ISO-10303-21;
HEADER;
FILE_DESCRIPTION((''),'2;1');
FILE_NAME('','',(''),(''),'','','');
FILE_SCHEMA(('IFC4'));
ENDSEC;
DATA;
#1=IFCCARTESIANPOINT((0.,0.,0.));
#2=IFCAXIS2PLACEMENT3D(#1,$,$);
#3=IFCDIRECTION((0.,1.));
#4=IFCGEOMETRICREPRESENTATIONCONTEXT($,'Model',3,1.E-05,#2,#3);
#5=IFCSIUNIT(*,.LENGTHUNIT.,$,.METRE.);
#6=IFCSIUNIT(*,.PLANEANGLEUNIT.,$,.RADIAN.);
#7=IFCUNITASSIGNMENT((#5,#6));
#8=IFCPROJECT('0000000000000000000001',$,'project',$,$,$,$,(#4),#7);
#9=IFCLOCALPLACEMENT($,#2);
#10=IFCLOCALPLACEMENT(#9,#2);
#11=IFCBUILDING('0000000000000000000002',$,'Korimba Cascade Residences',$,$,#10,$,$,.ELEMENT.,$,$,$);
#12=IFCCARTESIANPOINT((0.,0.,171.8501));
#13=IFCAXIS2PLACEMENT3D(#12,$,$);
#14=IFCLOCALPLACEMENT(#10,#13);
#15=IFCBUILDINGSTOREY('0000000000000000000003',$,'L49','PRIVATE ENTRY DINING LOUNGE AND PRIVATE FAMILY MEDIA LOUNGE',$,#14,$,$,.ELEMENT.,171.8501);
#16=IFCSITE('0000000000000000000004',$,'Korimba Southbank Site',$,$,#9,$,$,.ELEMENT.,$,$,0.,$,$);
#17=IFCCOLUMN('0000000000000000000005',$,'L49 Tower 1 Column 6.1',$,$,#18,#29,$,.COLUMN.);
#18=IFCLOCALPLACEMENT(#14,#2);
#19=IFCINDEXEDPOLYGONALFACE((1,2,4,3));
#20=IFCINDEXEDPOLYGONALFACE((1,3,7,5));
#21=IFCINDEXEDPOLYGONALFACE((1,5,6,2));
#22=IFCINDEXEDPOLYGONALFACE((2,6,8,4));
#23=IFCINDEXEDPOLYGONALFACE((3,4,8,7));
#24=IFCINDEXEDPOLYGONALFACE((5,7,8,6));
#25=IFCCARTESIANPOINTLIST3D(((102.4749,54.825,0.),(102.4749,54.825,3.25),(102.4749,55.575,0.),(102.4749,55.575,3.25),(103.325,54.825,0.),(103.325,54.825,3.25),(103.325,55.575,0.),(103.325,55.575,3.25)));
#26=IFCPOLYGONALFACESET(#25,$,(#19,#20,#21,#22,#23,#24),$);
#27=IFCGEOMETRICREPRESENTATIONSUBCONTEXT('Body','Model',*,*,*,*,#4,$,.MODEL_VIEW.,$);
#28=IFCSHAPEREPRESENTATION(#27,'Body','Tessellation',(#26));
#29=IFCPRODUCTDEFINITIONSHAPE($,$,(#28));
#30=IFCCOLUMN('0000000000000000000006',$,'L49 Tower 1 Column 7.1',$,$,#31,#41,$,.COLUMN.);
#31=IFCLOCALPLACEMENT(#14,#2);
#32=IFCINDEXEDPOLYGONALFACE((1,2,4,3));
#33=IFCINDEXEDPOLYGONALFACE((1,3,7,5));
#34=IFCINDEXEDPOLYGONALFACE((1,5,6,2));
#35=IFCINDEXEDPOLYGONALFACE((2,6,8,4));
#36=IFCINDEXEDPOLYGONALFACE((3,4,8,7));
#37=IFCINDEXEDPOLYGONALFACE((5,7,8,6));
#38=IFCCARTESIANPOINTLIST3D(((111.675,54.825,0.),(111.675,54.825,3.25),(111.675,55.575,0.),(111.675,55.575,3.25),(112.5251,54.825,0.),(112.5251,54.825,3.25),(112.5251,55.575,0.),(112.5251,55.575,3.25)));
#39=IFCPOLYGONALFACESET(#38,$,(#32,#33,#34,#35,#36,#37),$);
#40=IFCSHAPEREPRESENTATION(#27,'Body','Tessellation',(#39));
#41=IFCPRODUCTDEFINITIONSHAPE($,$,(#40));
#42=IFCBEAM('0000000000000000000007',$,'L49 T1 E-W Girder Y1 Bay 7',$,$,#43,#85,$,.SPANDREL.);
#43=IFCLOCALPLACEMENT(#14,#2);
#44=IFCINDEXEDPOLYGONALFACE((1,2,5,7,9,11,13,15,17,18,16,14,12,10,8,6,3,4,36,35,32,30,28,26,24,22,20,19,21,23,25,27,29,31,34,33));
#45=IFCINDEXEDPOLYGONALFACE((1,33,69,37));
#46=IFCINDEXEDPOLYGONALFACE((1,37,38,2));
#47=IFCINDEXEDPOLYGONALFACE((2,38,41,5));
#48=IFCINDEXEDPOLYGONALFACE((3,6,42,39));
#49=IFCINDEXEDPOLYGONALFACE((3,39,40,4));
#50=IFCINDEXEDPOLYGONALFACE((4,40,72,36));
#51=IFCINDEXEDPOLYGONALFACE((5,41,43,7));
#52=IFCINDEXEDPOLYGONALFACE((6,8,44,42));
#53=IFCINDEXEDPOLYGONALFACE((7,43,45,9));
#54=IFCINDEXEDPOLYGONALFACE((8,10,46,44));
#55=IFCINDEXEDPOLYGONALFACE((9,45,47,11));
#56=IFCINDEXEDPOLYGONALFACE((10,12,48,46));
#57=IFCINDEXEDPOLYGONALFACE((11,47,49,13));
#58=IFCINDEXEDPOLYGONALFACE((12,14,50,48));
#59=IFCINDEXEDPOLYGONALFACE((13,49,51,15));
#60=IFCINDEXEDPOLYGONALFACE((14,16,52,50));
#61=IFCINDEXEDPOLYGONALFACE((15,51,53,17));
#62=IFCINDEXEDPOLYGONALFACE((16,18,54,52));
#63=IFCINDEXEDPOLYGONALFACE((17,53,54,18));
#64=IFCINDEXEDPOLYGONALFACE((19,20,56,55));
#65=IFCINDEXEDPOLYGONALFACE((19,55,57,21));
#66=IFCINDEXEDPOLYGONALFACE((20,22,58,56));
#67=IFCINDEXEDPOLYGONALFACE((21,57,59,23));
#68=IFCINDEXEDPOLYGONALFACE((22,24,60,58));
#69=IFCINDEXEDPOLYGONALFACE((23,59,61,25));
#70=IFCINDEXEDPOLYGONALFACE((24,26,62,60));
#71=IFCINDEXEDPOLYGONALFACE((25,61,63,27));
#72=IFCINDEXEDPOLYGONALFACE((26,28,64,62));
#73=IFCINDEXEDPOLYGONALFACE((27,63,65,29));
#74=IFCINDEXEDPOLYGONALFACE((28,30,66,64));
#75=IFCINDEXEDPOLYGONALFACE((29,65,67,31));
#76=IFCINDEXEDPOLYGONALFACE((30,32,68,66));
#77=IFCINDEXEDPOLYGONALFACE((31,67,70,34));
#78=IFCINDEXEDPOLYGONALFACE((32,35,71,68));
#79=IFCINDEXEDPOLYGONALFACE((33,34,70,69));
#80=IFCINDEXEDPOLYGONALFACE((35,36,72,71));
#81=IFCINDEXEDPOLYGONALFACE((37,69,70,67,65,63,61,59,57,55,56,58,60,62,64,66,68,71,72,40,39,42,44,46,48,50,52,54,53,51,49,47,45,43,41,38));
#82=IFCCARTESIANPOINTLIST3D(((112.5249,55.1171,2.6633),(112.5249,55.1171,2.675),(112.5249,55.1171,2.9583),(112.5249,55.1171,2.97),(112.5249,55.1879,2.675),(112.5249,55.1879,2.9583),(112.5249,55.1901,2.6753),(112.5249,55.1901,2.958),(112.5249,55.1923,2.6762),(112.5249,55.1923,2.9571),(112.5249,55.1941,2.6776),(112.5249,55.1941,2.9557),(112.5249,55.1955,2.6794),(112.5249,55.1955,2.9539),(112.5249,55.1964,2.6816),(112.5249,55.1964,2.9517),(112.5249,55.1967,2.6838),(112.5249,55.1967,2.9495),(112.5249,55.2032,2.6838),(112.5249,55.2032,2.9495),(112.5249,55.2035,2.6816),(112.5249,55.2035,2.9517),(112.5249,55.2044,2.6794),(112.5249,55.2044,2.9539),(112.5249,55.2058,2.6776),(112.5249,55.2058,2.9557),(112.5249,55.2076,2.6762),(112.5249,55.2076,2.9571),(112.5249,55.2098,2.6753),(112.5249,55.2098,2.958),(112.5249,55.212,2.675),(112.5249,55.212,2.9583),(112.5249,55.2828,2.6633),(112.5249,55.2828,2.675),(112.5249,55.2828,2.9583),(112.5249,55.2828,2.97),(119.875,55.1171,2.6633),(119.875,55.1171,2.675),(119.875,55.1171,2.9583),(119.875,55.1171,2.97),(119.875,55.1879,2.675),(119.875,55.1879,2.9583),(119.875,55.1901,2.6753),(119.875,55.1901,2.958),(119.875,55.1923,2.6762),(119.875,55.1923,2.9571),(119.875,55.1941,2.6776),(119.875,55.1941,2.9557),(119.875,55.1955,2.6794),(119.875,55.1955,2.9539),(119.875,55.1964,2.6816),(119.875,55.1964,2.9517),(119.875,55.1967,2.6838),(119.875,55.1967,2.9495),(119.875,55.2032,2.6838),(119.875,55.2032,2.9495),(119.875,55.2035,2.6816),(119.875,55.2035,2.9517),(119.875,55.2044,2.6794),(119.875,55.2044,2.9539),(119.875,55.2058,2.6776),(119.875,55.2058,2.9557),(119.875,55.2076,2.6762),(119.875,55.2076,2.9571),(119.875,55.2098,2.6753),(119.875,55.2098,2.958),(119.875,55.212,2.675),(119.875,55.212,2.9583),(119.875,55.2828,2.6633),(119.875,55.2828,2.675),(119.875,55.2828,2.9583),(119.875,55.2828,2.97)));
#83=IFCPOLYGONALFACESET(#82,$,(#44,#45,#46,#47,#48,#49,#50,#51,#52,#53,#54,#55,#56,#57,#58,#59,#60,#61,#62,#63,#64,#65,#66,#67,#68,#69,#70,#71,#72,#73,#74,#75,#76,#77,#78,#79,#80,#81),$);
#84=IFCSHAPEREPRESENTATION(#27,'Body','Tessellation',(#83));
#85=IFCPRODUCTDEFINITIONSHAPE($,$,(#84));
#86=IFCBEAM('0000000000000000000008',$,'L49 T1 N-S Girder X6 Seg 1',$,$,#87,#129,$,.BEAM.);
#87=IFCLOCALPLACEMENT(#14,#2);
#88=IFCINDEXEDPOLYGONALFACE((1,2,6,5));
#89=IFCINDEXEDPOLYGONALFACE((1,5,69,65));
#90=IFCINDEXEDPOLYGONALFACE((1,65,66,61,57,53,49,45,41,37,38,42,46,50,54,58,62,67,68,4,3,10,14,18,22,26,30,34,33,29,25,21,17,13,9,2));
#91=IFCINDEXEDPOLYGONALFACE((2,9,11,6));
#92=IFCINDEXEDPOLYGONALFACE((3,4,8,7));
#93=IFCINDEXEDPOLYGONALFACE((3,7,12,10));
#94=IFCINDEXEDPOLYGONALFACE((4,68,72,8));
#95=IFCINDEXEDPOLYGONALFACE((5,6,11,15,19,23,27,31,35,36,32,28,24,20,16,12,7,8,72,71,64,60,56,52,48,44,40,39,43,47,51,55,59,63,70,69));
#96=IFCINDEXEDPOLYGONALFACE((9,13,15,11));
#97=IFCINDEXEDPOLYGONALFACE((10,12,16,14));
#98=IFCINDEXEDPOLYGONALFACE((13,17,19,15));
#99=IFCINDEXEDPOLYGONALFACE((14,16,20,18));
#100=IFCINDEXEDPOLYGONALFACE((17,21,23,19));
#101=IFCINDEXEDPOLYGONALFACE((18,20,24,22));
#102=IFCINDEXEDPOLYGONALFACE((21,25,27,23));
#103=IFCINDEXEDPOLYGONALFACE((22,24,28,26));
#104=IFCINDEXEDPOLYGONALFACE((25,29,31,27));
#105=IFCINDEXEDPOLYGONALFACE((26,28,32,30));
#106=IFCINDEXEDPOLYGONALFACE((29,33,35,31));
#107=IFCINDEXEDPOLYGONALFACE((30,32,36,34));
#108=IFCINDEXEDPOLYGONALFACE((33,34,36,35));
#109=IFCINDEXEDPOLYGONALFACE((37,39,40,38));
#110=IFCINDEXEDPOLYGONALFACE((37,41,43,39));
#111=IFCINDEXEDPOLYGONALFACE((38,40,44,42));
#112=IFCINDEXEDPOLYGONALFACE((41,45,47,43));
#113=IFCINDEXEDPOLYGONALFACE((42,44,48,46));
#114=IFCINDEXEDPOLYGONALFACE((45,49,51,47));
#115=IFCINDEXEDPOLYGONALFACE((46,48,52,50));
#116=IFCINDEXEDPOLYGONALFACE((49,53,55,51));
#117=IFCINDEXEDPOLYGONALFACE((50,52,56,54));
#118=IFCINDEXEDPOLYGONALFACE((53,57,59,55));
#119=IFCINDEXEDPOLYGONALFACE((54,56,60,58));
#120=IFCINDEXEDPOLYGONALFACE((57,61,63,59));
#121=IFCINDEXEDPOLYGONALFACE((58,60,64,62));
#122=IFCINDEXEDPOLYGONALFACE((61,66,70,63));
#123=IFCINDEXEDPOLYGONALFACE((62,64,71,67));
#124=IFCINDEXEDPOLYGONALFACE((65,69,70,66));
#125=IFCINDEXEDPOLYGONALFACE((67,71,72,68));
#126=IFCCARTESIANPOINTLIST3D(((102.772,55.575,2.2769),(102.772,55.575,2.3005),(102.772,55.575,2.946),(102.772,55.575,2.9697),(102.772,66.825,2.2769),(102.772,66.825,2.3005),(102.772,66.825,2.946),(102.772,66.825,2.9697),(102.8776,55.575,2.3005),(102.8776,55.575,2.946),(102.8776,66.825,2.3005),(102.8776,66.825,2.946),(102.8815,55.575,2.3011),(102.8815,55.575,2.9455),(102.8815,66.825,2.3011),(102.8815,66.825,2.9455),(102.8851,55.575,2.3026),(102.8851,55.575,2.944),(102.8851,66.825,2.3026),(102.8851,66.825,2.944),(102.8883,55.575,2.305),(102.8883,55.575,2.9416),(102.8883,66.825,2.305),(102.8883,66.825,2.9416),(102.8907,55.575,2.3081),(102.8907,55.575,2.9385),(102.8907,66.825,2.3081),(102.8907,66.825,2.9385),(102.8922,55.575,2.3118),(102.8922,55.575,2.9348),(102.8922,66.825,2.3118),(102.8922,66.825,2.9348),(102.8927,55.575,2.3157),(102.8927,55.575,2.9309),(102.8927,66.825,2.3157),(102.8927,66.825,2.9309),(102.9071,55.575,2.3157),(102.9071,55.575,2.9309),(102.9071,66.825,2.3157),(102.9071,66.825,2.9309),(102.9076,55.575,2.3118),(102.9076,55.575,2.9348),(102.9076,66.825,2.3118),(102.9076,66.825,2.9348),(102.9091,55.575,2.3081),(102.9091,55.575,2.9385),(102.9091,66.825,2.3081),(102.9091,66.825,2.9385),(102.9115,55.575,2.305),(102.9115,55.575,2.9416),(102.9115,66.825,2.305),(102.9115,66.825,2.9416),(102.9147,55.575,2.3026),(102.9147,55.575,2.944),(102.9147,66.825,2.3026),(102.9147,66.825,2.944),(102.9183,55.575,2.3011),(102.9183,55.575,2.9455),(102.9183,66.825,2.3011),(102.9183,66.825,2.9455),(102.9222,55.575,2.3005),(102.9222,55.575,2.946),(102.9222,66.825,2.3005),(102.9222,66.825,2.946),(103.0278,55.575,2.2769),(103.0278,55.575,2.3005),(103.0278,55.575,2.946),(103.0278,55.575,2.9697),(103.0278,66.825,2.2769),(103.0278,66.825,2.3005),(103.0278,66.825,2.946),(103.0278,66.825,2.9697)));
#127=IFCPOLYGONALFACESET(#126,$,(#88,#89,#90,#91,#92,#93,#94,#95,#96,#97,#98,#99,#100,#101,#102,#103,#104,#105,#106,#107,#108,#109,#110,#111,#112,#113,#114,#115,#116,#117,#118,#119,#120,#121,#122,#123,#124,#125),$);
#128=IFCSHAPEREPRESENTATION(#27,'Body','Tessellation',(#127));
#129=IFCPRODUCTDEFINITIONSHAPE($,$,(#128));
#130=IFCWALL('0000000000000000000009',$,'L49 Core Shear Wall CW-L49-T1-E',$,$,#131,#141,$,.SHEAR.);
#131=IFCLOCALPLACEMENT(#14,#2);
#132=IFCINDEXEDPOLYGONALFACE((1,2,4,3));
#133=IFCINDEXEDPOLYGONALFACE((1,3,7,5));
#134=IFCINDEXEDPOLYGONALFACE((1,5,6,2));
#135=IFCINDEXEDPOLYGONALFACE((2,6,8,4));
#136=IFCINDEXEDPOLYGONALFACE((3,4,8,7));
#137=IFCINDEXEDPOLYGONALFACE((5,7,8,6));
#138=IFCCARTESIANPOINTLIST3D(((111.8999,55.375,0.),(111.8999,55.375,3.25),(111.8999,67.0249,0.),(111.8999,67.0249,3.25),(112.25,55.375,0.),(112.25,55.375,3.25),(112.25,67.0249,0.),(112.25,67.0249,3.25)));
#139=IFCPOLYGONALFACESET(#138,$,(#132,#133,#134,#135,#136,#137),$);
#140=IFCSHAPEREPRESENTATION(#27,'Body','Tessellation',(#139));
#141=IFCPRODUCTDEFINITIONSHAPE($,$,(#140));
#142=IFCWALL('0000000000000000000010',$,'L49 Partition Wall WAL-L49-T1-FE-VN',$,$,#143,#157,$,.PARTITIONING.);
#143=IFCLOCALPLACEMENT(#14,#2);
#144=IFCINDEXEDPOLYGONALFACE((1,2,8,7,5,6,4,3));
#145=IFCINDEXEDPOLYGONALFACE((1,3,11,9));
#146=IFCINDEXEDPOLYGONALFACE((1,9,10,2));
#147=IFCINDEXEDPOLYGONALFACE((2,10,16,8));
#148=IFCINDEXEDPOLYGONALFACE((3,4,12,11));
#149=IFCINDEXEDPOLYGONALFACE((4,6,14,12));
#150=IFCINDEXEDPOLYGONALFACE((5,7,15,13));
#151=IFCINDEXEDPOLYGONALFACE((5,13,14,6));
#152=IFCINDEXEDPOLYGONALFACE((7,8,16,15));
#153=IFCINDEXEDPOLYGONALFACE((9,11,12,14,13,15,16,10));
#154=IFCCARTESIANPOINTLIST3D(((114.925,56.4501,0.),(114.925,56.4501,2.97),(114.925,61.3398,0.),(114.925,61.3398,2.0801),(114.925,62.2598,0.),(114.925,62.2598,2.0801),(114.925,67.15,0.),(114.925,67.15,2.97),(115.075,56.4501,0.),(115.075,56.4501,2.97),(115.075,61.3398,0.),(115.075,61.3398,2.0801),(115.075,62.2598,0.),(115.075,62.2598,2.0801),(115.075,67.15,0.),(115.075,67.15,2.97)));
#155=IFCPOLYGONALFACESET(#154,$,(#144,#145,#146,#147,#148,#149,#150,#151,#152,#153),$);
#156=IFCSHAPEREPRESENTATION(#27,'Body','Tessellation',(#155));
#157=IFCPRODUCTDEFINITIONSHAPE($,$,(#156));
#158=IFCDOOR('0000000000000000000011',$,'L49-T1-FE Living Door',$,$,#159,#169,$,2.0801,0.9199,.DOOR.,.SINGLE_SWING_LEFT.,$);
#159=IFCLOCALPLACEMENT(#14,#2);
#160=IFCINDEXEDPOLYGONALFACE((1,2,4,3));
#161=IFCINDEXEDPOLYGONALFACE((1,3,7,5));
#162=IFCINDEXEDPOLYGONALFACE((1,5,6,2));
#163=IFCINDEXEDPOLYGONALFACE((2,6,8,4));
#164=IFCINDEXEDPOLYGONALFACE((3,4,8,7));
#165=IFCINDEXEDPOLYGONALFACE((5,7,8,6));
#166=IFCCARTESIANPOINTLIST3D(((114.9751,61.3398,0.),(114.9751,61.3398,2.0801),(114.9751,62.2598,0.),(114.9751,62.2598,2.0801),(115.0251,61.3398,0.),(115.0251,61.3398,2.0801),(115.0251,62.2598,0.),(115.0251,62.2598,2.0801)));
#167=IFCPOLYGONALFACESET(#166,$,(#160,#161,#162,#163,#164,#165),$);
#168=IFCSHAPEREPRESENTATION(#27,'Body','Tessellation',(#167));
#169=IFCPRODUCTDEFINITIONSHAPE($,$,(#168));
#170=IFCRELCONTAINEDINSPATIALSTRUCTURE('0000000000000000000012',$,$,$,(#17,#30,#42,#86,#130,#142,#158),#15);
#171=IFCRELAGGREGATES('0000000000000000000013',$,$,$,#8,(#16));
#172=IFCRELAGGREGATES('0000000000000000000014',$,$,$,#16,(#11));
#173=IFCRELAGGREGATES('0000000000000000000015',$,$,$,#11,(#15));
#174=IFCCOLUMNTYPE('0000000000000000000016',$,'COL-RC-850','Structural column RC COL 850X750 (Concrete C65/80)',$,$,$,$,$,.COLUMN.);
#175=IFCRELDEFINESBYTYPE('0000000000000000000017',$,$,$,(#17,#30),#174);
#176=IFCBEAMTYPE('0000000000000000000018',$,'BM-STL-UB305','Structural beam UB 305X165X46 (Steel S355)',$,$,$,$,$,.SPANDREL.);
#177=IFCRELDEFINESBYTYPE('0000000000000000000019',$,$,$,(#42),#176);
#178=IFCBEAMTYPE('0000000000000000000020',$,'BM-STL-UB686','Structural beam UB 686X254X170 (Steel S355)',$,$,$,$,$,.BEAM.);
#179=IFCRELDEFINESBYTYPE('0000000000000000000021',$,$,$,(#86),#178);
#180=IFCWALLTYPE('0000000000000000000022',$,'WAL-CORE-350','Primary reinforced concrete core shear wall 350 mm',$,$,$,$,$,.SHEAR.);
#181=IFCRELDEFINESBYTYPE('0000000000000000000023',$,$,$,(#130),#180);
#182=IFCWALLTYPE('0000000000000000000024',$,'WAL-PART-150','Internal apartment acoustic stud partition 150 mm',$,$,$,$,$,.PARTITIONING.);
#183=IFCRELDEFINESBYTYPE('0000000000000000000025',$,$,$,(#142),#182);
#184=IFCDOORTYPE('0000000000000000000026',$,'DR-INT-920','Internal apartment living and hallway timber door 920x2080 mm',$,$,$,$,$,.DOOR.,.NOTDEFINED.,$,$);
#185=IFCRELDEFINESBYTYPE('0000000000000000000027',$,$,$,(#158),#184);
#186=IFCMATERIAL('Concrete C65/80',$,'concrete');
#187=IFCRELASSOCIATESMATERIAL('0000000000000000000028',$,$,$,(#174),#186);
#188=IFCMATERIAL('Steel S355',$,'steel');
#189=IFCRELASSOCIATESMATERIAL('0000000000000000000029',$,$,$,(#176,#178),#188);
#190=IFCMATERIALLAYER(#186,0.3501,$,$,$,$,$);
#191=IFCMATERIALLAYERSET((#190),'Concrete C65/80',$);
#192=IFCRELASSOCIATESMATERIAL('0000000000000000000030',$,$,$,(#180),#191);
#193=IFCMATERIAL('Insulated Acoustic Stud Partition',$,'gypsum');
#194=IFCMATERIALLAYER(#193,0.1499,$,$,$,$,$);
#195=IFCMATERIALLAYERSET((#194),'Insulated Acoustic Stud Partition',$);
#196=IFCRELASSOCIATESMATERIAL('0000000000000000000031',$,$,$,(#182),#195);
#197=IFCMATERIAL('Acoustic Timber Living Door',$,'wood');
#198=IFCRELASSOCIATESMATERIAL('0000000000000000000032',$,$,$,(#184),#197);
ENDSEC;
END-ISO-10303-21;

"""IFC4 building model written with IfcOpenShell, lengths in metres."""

from ifc_helpers import new_model, si_unit, direction, frame, frame_2d, origin, origin_2d, place, context, subcontext, project, spatial, rectangle, i_section, extrude, material, layer, layer_set, material_profile, profile_set, type_object, element, fill, save


model = new_model("IFC4")

# Units and contexts
model_context = context("Model", 3, precision=1e-05, world=origin(), true_north=direction((0.0, 1.0)))
body_context = subcontext(model_context, "Body", "Model", "MODEL_VIEW")
ifc_project = project(units=[si_unit("LENGTHUNIT", "METRE"), si_unit("PLANEANGLEUNIT", "RADIAN")], contexts=[model_context])

# Site, building, storey
site_placement = place(None, origin())
site = spatial("IfcSite", under=ifc_project, at=site_placement, Name="Korimba Southbank Site", CompositionType="ELEMENT", RefElevation=0.0)
building_placement = place(site_placement, origin())
building = spatial("IfcBuilding", under=site, at=building_placement, Name="Korimba Cascade Residences", CompositionType="ELEMENT")
storey_placement = place(building_placement, frame((0.0, 0.0, 171.8501)))
storey = spatial("IfcBuildingStorey", under=building, at=storey_placement, Name="L49", Description="PRIVATE ENTRY DINING LOUNGE AND PRIVATE FAMILY MEDIA LOUNGE", CompositionType="ELEMENT", Elevation=171.8501)

# Columns
ifc_material_1 = material(Name="Concrete C65/80", Category="concrete")
ifc_material_profile_1 = material_profile(ifc_material_1, rectangle(XDim=0.8501, YDim=0.75, at=origin_2d()), Name="Concrete C65/80")
ifc_profile_set_1 = profile_set([ifc_material_profile_1], Name="Concrete C65/80")
column_type = type_object("IfcColumnType", Name="COL-RC-850", Description="Structural column RC COL 850X750 (Concrete C65/80)", PredefinedType="COLUMN", material=ifc_profile_set_1)
for number, where, z_axis, x_axis, name in (
    (1, (102.8999, 55.2, 0.0), (0.0, 0.0, 1.0), (1.0, 0.0, 0.0), "L49 Tower 1 Column 6.1"),
    (2, (112.1001, 55.2, 0.0), (0.0, 0.0, 1.0), (1.0, 0.0, 0.0), "L49 Tower 1 Column 7.1"),
):
    element("IfcColumn", number, at=place(storey_placement, frame(where, z_axis=z_axis, x_axis=x_axis)), inside=storey, type_object=column_type, Name=name, PredefinedType="COLUMN", context=body_context, shape_type="SweptSolid", body=[
        extrude(rectangle(XDim=0.8501, YDim=0.75, at=origin_2d()), origin(), (0.0, 0.0, 1.0), 3.25),
    ])

# Beams
ifc_material_2 = material(Name="Steel S355", Category="steel")
ifc_material_profile_2 = material_profile(ifc_material_2, i_section(OverallWidth=0.1658, OverallDepth=0.3066, WebThickness=0.0066, FlangeThickness=0.0117, FilletRadius=0.0088, at=origin_2d()), Name="Steel S355")
ifc_profile_set_2 = profile_set([ifc_material_profile_2], Name="Steel S355")
beam_type_1 = type_object("IfcBeamType", Name="BM-STL-UB305", Description="Structural beam UB 305X165X46 (Steel S355)", PredefinedType="SPANDREL", material=ifc_profile_set_2)
beam_1_placement = place(storey_placement, frame((112.5249, 55.2, 2.8167), z_axis=(1.0, 0.0, 0.0), x_axis=(0.0, 1.0, 0.0)))
element("IfcBeam", 3, at=beam_1_placement, inside=storey, type_object=beam_type_1, Name="L49 T1 E-W Girder Y1 Bay 7", PredefinedType="SPANDREL", context=body_context, shape_type="SweptSolid", body=[
    extrude(i_section(OverallWidth=0.1658, OverallDepth=0.3066, WebThickness=0.0066, FlangeThickness=0.0117, FilletRadius=0.0088, at=origin_2d()), origin(), (0.0, 0.0, 1.0), 7.3501),
])
ifc_material_profile_3 = material_profile(ifc_material_2, i_section(OverallWidth=0.2559, OverallDepth=0.6929, WebThickness=0.0144, FlangeThickness=0.0237, FilletRadius=0.0151, at=origin_2d()), Name="Steel S355")
ifc_profile_set_3 = profile_set([ifc_material_profile_3], Name="Steel S355")
beam_type_2 = type_object("IfcBeamType", Name="BM-STL-UB686", Description="Structural beam UB 686X254X170 (Steel S355)", PredefinedType="BEAM", material=ifc_profile_set_3)
beam_2_placement = place(storey_placement, frame((102.8999, 55.575, 2.6233), z_axis=(0.0, 1.0, 0.0), x_axis=(-1.0, 0.0, 0.0)))
element("IfcBeam", 4, at=beam_2_placement, inside=storey, type_object=beam_type_2, Name="L49 T1 N-S Girder X6 Seg 1", PredefinedType="BEAM", context=body_context, shape_type="SweptSolid", body=[
    extrude(i_section(OverallWidth=0.2559, OverallDepth=0.6929, WebThickness=0.0144, FlangeThickness=0.0237, FilletRadius=0.0151, at=origin_2d()), origin(), (0.0, 0.0, 1.0), 11.25),
])

# Wall
ifc_layer_1 = layer(ifc_material_1, 0.3501)
ifc_layer_set_1 = layer_set([ifc_layer_1], Name="Concrete C65/80")
wall_type_1 = type_object("IfcWallType", Name="WAL-CORE-350", Description="Primary reinforced concrete core shear wall 350 mm", PredefinedType="SHEAR", material=ifc_layer_set_1)
wall_1_placement = place(storey_placement, frame((112.075, 55.375, 0.0), z_axis=(0.0, 0.0, 1.0), x_axis=(0.0, 1.0, 0.0)))
element("IfcWall", 5, at=wall_1_placement, inside=storey, type_object=wall_type_1, Name="L49 Core Shear Wall CW-L49-T1-E", PredefinedType="SHEAR", context=body_context, shape_type="SweptSolid", body=[
    extrude(rectangle(XDim=11.6499, YDim=0.3501, at=frame_2d((5.825, 0.0))), origin(), (0.0, 0.0, 1.0), 3.25),
])

# Wall, opening, door
ifc_material_3 = material(Name="Insulated Acoustic Stud Partition", Category="gypsum")
ifc_layer_2 = layer(ifc_material_3, 0.1499)
ifc_layer_set_2 = layer_set([ifc_layer_2], Name="Insulated Acoustic Stud Partition")
wall_type_2 = type_object("IfcWallType", Name="WAL-PART-150", Description="Internal apartment acoustic stud partition 150 mm", PredefinedType="PARTITIONING", material=ifc_layer_set_2)
wall_2_placement = place(storey_placement, frame((115.0, 56.45, 0.0), z_axis=(0.0, 0.0, 1.0), x_axis=(0.0, 1.0, 0.0)))
wall_2 = element("IfcWall", 6, at=wall_2_placement, inside=storey, type_object=wall_type_2, Name="L49 Partition Wall WAL-L49-T1-FE-VN", PredefinedType="PARTITIONING", context=body_context, shape_type="SweptSolid", body=[
    extrude(rectangle(XDim=10.7, YDim=0.1499, at=frame_2d((5.3501, 0.0))), origin(), (0.0, 0.0, 1.0), 2.97),
])
opening_1_placement = place(wall_2_placement, frame((4.8899, 0.0, 0.0)))
opening_1 = element("IfcOpeningElement", 7, at=opening_1_placement, cuts=wall_2, PredefinedType="OPENING", context=body_context, shape_type="SweptSolid", body=[
    extrude(rectangle(XDim=0.9199, YDim=2.0801, at=frame_2d((0.46, 1.04))), frame((0.0, 0.085, 0.0), z_axis=(0.0, -1.0, 0.0), x_axis=(1.0, 0.0, 0.0)), (0.0, 0.0, 1.0), 0.1699),
])
ifc_material_4 = material(Name="Acoustic Timber Living Door", Category="wood")
door_type_1 = type_object("IfcDoorType", Name="DR-INT-920", Description="Internal apartment living and hallway timber door 920x2080 mm", OperationType="NOTDEFINED", PredefinedType="DOOR", material=ifc_material_4)
door_1_placement = place(opening_1_placement, origin())
door_1 = element("IfcDoor", 8, at=door_1_placement, inside=storey, type_object=door_type_1, Name="L49-T1-FE Living Door", OperationType="SINGLE_SWING_LEFT", OverallHeight=2.0801, OverallWidth=0.9199, PredefinedType="DOOR", context=body_context, shape_type="SweptSolid", body=[
    extrude(rectangle(XDim=0.9199, YDim=2.0801, at=frame_2d((0.46, 1.04))), frame((0.0, 0.0249, 0.0), z_axis=(0.0, -1.0, 0.0), x_axis=(1.0, 0.0, 0.0)), (0.0, 0.0, 1.0), 0.05),
])
fill(opening_1, door_1)

save(model, "model.ifc")
